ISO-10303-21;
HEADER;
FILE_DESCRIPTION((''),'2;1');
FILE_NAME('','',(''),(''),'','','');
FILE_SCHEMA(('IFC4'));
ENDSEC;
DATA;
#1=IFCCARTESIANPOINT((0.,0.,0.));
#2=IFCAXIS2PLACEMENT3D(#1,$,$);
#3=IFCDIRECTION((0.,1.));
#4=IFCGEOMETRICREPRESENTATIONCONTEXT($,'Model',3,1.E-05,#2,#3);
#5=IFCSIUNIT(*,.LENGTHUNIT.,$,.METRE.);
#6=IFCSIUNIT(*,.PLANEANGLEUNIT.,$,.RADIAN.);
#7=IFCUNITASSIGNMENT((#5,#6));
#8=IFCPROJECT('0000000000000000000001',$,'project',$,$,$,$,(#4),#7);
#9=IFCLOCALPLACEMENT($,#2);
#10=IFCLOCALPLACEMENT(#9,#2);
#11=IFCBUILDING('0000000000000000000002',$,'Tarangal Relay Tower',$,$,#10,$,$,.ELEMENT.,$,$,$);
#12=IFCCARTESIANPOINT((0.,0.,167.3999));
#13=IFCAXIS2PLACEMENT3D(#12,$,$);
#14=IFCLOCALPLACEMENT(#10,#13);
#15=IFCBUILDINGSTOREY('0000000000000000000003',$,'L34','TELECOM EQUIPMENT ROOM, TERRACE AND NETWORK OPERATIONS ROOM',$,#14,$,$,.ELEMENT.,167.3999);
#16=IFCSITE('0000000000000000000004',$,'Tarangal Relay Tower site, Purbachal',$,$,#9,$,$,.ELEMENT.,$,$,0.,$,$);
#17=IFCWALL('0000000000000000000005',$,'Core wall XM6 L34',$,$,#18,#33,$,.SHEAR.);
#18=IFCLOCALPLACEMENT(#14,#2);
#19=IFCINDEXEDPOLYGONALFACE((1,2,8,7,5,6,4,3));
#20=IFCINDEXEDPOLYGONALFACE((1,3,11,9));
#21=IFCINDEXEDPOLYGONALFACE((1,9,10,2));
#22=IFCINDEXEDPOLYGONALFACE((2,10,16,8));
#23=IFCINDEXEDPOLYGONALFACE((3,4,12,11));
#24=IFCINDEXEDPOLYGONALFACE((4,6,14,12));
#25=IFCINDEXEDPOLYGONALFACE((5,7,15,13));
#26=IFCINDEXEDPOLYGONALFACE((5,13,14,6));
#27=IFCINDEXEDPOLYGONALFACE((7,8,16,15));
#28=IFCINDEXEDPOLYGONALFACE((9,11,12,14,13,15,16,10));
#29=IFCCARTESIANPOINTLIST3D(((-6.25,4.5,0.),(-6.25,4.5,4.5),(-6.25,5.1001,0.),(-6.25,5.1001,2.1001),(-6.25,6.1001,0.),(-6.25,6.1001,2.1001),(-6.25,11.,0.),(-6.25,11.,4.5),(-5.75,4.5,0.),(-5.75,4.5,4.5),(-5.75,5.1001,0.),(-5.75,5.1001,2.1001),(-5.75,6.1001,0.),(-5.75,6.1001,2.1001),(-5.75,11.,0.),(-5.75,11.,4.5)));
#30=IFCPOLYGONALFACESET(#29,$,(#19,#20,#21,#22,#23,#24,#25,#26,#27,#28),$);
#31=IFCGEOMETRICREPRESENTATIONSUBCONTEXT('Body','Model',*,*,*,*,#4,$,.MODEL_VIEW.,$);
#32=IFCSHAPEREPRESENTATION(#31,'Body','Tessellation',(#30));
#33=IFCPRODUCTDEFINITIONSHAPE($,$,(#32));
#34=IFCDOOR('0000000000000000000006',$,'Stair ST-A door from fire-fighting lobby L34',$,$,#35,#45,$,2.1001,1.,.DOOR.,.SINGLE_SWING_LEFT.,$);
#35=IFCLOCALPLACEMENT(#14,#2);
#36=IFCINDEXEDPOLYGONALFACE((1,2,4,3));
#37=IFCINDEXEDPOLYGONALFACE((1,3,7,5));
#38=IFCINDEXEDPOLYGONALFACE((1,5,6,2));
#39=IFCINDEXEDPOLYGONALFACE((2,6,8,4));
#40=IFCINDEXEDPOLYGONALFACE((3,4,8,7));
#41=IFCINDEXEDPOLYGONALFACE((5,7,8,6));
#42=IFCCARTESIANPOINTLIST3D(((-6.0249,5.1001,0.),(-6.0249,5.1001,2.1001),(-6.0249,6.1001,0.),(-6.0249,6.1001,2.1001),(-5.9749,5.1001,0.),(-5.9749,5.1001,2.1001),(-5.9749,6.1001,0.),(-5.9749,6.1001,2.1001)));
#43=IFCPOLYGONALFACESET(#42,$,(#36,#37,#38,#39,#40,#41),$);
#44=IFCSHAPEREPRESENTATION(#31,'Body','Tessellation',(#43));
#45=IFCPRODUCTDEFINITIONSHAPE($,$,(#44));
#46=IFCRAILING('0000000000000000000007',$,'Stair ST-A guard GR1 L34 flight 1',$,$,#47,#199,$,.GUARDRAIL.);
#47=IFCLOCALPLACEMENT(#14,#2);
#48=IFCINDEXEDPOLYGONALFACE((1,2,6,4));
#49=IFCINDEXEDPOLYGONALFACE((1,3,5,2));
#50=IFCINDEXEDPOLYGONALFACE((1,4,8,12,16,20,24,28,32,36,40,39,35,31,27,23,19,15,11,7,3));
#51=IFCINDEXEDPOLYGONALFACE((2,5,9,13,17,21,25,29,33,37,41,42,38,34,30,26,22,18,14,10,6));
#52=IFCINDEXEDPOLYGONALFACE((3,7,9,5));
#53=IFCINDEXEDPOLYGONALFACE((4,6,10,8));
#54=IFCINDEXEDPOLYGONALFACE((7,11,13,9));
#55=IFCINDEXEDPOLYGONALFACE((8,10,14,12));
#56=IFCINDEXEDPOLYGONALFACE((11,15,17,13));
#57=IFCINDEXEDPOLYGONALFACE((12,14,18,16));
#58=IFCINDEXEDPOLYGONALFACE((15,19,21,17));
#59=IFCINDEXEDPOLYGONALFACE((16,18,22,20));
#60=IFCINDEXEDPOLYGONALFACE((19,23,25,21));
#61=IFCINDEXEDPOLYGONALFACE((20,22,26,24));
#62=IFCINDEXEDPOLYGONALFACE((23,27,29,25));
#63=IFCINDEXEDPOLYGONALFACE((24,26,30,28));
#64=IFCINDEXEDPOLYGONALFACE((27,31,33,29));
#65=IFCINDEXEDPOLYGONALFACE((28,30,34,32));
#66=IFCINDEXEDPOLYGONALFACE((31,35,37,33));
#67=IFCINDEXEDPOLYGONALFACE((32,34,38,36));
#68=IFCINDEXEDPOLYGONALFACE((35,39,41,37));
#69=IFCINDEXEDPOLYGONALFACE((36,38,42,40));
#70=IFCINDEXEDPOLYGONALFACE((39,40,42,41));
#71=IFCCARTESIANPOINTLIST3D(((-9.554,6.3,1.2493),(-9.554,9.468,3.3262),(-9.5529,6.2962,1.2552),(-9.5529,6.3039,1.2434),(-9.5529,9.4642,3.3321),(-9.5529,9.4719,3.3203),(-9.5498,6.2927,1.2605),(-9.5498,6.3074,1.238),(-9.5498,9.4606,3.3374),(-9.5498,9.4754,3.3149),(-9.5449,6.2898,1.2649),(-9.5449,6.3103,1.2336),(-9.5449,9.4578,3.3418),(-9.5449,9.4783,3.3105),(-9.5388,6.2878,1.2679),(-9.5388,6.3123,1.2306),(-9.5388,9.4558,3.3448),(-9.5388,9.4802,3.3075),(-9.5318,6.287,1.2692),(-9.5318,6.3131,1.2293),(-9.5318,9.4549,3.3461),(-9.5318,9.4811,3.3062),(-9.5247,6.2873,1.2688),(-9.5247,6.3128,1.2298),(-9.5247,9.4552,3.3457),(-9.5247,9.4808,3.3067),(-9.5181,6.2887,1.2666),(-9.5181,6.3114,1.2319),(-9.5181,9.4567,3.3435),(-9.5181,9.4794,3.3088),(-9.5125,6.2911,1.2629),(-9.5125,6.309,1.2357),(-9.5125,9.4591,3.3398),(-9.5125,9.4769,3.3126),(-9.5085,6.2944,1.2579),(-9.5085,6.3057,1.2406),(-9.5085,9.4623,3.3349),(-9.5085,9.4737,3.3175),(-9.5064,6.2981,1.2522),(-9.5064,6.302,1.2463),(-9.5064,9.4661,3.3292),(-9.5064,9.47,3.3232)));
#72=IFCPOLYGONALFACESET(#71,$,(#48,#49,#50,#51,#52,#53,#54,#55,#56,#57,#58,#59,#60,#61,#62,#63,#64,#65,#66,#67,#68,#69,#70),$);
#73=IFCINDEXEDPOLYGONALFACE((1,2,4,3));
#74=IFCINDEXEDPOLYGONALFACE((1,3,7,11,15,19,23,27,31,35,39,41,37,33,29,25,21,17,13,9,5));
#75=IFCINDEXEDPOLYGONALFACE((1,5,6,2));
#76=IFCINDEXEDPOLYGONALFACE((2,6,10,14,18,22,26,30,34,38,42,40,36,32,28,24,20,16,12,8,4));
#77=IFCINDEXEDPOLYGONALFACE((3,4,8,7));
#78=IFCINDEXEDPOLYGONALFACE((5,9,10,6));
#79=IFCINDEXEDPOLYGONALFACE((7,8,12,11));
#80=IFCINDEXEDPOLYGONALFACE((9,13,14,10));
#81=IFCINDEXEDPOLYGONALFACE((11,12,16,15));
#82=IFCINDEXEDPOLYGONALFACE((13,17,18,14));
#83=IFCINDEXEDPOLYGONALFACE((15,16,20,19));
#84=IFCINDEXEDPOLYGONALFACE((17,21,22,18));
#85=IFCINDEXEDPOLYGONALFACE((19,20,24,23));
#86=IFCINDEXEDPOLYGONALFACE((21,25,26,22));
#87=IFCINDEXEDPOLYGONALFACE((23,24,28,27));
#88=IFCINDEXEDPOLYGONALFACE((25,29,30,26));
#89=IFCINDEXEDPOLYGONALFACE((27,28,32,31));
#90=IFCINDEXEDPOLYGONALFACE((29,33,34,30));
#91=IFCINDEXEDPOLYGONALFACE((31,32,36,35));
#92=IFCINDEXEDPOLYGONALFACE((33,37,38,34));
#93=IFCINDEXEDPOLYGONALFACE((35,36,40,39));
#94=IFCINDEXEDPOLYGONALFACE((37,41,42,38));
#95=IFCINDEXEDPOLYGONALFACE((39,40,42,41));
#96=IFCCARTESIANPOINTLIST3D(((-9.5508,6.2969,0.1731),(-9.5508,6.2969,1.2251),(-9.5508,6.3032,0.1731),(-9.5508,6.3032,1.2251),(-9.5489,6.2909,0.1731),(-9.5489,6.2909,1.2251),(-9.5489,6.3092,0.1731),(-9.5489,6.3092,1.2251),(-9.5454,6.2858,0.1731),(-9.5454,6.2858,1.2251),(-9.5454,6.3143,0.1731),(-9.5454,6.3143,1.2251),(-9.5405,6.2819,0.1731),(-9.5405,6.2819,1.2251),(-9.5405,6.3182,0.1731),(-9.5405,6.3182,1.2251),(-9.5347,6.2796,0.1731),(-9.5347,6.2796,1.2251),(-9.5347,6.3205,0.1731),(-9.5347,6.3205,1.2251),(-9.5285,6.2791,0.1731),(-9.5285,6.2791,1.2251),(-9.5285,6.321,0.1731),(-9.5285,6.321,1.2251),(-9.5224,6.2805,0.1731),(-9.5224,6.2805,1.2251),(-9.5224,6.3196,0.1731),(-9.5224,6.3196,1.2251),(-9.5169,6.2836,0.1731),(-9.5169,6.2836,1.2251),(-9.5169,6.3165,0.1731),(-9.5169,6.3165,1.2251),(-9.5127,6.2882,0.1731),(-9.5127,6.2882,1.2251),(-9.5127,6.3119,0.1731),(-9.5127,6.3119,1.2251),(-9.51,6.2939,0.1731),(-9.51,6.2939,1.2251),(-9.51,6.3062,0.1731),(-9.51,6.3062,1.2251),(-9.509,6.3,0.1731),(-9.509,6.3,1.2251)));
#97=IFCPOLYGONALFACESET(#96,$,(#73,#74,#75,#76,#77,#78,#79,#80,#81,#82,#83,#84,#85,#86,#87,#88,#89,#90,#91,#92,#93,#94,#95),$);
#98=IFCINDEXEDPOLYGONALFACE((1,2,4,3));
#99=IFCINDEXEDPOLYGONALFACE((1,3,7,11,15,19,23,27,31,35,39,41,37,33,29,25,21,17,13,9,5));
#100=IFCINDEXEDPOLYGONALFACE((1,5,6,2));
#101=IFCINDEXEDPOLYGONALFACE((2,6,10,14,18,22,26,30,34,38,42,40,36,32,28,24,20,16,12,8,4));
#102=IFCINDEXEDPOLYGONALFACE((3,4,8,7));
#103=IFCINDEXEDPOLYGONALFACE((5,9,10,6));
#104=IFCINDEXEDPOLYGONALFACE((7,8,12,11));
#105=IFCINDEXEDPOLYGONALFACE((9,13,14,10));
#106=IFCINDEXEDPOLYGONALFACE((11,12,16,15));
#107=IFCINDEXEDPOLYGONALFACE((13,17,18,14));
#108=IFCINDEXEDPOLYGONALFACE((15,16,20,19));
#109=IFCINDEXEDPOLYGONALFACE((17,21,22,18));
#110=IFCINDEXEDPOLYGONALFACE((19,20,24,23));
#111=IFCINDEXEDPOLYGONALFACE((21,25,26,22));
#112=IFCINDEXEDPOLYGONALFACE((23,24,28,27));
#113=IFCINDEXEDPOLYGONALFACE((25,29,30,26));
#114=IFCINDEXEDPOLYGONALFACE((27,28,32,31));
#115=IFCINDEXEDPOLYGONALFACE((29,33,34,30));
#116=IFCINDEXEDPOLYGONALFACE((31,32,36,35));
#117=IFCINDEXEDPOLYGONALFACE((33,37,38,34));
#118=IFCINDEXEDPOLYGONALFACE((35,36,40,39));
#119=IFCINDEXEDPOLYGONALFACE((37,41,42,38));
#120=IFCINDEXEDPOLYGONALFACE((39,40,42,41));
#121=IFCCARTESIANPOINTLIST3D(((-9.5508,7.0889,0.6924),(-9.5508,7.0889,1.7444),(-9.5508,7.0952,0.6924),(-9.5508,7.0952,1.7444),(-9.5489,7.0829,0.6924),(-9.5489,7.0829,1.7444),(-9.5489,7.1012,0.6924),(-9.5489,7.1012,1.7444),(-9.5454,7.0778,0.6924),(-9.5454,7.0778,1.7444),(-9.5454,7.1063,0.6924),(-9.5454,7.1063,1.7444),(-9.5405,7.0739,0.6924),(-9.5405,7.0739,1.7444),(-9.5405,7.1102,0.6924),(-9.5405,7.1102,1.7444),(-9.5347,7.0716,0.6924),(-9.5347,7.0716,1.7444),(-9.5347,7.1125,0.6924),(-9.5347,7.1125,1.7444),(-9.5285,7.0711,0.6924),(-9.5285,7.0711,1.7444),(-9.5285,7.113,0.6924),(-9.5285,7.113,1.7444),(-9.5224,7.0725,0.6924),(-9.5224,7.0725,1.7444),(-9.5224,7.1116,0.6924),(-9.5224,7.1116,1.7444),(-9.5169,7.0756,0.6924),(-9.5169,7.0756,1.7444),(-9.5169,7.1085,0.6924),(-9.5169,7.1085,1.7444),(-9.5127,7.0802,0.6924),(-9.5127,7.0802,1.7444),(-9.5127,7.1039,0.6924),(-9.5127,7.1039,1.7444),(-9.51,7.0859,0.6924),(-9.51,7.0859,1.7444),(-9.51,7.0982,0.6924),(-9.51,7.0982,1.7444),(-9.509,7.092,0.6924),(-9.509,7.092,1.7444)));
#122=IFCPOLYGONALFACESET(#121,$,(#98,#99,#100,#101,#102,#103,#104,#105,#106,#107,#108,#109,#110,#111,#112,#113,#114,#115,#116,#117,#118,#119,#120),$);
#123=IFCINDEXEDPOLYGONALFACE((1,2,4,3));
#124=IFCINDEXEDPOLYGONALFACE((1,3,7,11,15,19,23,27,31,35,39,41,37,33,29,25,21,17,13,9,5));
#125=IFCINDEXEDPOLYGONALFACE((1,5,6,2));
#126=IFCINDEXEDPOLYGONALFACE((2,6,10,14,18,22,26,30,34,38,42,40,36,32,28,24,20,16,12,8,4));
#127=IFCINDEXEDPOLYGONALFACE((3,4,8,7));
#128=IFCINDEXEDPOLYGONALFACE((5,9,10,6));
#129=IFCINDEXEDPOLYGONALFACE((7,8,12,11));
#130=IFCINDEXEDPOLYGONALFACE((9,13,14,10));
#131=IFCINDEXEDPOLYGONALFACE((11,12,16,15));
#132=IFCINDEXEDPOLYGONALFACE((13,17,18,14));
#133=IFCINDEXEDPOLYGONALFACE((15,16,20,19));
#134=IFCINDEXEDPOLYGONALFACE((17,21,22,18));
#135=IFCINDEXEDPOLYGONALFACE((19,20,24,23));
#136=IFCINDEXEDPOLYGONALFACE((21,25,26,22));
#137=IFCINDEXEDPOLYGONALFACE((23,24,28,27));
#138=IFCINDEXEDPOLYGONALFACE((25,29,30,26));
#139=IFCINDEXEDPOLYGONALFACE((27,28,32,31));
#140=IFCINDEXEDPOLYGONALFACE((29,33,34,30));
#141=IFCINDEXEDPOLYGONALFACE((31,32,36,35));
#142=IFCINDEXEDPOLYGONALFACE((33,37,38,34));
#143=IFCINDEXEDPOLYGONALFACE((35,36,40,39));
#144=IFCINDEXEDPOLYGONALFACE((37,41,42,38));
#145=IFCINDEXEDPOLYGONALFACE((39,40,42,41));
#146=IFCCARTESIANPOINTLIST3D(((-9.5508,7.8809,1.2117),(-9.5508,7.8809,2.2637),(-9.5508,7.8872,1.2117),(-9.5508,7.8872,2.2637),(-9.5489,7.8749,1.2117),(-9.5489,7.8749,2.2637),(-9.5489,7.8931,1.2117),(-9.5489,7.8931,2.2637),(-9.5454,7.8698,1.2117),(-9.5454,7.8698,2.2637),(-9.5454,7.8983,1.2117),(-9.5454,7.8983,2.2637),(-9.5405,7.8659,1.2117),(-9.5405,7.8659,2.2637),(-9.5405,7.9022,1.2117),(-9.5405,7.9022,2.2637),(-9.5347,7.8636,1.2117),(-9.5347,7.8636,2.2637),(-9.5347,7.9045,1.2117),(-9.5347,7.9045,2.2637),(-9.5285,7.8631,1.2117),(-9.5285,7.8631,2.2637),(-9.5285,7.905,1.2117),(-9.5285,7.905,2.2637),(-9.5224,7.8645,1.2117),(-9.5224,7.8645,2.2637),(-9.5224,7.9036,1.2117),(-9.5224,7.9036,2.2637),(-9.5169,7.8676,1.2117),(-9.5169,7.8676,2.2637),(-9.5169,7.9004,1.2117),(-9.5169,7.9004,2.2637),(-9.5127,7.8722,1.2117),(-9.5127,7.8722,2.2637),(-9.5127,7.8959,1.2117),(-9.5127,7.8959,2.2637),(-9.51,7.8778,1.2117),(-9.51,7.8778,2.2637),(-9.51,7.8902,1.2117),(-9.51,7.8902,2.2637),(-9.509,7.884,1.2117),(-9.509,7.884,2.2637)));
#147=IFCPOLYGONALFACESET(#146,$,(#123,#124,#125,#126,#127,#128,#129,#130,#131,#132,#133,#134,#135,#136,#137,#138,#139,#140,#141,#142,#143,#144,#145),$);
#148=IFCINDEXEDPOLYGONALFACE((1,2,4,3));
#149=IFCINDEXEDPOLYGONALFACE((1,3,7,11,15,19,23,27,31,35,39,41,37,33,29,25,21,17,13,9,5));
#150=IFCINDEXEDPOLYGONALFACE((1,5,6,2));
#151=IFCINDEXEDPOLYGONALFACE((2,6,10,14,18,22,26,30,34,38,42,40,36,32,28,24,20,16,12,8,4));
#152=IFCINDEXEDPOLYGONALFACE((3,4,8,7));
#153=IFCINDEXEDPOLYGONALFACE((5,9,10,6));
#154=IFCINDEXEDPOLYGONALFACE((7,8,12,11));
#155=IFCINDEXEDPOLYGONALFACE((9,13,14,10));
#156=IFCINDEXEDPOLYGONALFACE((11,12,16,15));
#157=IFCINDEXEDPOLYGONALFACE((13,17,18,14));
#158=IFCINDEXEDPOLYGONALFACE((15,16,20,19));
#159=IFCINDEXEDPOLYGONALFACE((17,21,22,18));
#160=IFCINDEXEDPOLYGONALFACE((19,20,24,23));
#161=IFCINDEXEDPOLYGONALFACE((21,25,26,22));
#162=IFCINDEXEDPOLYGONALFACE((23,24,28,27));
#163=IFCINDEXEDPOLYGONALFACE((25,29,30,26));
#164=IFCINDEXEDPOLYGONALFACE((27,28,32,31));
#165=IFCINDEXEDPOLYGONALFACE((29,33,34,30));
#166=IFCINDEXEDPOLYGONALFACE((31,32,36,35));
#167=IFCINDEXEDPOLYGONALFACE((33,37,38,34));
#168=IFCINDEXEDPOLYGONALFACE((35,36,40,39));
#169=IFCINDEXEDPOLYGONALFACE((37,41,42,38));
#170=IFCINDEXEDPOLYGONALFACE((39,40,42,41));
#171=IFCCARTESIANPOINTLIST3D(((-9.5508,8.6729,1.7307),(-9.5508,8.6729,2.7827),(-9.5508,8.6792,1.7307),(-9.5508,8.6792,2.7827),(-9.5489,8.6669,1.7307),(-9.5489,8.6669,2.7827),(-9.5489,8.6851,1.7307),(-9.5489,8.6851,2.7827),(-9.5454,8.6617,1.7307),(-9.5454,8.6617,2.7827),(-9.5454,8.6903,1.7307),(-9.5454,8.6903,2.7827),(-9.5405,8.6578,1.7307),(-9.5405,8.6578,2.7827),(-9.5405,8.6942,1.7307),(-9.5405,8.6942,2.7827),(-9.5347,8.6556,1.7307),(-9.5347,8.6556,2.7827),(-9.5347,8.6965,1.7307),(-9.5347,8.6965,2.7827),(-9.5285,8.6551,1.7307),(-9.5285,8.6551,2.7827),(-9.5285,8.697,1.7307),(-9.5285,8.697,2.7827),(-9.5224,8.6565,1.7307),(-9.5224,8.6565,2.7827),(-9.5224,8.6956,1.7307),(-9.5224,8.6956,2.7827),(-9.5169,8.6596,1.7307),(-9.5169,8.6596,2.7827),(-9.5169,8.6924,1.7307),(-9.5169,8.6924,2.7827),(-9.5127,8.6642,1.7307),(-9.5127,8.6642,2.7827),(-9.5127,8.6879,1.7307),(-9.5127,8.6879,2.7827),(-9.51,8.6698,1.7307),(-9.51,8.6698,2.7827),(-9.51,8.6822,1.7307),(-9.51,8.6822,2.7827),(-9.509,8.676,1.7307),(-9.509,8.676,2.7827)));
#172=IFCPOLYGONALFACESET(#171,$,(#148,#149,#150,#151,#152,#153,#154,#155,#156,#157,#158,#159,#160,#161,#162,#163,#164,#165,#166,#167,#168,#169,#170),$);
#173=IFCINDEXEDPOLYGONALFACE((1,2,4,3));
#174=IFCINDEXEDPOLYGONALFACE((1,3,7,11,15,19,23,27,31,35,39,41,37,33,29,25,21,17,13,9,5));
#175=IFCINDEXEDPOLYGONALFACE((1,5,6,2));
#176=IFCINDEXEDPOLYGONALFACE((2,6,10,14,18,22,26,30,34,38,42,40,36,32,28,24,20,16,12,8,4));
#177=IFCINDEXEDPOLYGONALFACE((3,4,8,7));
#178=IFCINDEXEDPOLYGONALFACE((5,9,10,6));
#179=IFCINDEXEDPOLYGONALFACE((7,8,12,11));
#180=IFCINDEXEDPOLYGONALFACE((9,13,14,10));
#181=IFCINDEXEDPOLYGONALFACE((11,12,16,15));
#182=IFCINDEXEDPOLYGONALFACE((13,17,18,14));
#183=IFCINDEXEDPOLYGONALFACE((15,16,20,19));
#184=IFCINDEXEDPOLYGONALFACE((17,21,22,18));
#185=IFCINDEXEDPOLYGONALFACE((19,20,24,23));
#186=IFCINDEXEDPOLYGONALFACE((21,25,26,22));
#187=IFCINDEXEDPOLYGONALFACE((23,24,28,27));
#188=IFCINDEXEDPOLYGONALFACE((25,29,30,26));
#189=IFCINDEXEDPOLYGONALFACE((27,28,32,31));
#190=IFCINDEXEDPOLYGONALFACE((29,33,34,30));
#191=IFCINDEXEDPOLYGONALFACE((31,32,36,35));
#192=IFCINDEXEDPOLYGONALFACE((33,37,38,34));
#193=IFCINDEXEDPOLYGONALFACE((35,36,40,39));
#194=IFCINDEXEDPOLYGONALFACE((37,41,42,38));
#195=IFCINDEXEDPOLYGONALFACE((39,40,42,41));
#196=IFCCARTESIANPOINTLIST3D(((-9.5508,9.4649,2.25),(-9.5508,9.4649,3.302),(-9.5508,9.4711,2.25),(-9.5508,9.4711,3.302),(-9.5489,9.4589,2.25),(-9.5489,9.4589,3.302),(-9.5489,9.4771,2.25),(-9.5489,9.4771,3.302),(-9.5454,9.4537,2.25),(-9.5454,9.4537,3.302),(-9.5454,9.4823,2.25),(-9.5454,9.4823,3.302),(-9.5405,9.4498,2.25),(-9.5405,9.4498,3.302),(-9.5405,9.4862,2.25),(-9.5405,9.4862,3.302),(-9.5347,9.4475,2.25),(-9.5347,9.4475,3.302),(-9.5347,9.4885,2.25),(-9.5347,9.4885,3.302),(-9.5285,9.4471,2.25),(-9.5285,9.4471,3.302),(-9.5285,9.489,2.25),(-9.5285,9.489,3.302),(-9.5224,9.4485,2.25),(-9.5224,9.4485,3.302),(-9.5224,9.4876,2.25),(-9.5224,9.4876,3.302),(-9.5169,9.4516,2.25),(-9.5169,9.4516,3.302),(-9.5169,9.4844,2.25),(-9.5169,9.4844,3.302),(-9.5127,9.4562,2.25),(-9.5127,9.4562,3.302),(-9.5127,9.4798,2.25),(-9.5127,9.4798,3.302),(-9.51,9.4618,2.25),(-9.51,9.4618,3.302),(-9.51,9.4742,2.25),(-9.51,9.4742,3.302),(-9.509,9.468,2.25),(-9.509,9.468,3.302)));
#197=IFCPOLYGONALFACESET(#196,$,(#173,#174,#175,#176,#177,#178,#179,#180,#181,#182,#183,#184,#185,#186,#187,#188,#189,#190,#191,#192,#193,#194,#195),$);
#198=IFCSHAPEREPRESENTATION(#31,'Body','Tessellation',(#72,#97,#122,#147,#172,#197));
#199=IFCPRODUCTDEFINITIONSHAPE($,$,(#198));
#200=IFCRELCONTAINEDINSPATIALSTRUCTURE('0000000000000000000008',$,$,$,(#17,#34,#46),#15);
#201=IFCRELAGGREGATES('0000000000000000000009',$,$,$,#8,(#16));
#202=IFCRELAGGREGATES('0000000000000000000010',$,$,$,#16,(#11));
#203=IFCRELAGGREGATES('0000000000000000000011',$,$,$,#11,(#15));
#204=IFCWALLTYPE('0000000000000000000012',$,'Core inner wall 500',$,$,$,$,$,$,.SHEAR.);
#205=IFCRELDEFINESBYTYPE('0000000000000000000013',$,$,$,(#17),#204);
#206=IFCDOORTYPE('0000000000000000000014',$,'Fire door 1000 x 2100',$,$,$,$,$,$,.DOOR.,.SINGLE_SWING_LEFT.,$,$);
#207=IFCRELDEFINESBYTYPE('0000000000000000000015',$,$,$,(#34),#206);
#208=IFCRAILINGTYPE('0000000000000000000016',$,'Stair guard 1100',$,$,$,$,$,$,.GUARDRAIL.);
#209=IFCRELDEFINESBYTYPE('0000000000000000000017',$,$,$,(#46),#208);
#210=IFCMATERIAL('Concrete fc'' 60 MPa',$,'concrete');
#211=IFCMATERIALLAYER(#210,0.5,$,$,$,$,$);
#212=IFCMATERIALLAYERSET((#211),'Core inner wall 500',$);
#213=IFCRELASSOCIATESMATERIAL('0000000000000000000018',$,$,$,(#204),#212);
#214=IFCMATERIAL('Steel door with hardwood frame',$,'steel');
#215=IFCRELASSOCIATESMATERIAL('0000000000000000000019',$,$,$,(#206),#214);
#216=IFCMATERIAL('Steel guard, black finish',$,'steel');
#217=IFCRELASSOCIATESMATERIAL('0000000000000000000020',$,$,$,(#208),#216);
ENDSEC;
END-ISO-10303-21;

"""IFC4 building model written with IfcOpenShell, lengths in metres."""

from ifc_helpers import new_model, si_unit, direction, frame, frame_2d, origin, origin_2d, place, context, subcontext, project, spatial, rectangle, circle, extrude, material, layer, layer_set, type_object, element, fill, save


model = new_model("IFC4")

# Units and contexts
model_context = context("Model", 3, precision=1e-05, world=origin(), true_north=direction((0.0, 1.0)))
body_context = subcontext(model_context, "Body", "Model", "MODEL_VIEW")
ifc_project = project(units=[si_unit("LENGTHUNIT", "METRE"), si_unit("PLANEANGLEUNIT", "RADIAN")], contexts=[model_context])

# Site, building, storey
site_placement = place(None, origin())
site = spatial("IfcSite", under=ifc_project, at=site_placement, Name="Tarangal Relay Tower site, Purbachal", CompositionType="ELEMENT", RefElevation=0.0)
building_placement = place(site_placement, origin())
building = spatial("IfcBuilding", under=site, at=building_placement, Name="Tarangal Relay Tower", CompositionType="ELEMENT")
storey_placement = place(building_placement, frame((0.0, 0.0, 167.3999)))
storey = spatial("IfcBuildingStorey", under=building, at=storey_placement, Name="L34", Description="TELECOM EQUIPMENT ROOM, TERRACE AND NETWORK OPERATIONS ROOM", CompositionType="ELEMENT", Elevation=167.3999)

# Shared definitions
ifc_material_1 = material(Name="Concrete fc' 60 MPa", Category="concrete")
ifc_layer_1 = layer(ifc_material_1, 0.5)
ifc_layer_set_1 = layer_set([ifc_layer_1], Name="Core inner wall 500")
wall_type = type_object("IfcWallType", Name="Core inner wall 500", PredefinedType="SHEAR", material=ifc_layer_set_1)
ifc_material_2 = material(Name="Steel door with hardwood frame", Category="steel")

# Wall, opening, door
wall_1_placement = place(storey_placement, frame((-6.0, 4.5, 0.0), z_axis=(0.0, 0.0, 1.0), x_axis=(0.0, 1.0, 0.0)))
wall_1 = element("IfcWall", 1, at=wall_1_placement, inside=storey, type_object=wall_type, Name="Core wall XM6 L34", PredefinedType="SHEAR", context=body_context, shape_type="SweptSolid", body=[
    extrude(rectangle(XDim=6.5, YDim=0.5, at=frame_2d((3.25, 0.0))), origin(), (0.0, 0.0, 1.0), 4.5),
])
opening_1_placement = place(wall_1_placement, frame((0.6001, 0.0, 0.0)))
opening_1 = element("IfcOpeningElement", 2, at=opening_1_placement, cuts=wall_1, PredefinedType="OPENING", context=body_context, shape_type="SweptSolid", body=[
    extrude(rectangle(XDim=1.0, YDim=2.1001, at=frame_2d((0.5, 1.05))), frame((0.0, 0.26, 0.0), z_axis=(0.0, -1.0, 0.0), x_axis=(1.0, 0.0, 0.0)), (0.0, 0.0, 1.0), 0.52),
])
door_type_1 = type_object("IfcDoorType", Name="Fire door 1000 x 2100", OperationType="SINGLE_SWING_LEFT", PredefinedType="DOOR", material=ifc_material_2)
door_1_placement = place(opening_1_placement, origin())
door_1 = element("IfcDoor", 3, at=door_1_placement, inside=storey, type_object=door_type_1, Name="Stair ST-A door from fire-fighting lobby L34", OperationType="SINGLE_SWING_LEFT", OverallHeight=2.1001, OverallWidth=1.0, PredefinedType="DOOR", context=body_context, shape_type="SweptSolid", body=[
    extrude(rectangle(XDim=1.0, YDim=2.1001, at=frame_2d((0.5, 1.05))), frame((0.0, 0.0249, 0.0), z_axis=(0.0, -1.0, 0.0), x_axis=(1.0, 0.0, 0.0)), (0.0, 0.0, 1.0), 0.05),
])
fill(opening_1, door_1)

# Railing
ifc_material_3 = material(Name="Steel guard, black finish", Category="steel")
railing_type = type_object("IfcRailingType", Name="Stair guard 1100", PredefinedType="GUARDRAIL", material=ifc_material_3)
railing_1_placement = place(storey_placement, frame((-9.53, 6.3, 0.1731)))
element("IfcRailing", 4, at=railing_1_placement, inside=storey, type_object=railing_type, Name="Stair ST-A guard GR1 L34 flight 1", PredefinedType="GUARDRAIL", context=body_context, shape_type="SweptSolid", body=[
    extrude(circle(Radius=0.0239, at=origin_2d()), frame((0.0, 0.0, 1.0762), z_axis=(0.0, 0.836299, 0.548273), x_axis=(-1.0, 0.0, 0.0)), (0.0, 0.0, 1.0), 3.7881),
    extrude(circle(Radius=0.021, at=origin_2d()), origin(), (0.0, 0.0, 1.0), 1.052),
    extrude(circle(Radius=0.021, at=origin_2d()), frame((0.0, 0.792, 0.5193)), (0.0, 0.0, 1.0), 1.052),
    extrude(circle(Radius=0.021, at=origin_2d()), frame((0.0, 1.584, 1.0386)), (0.0, 0.0, 1.0), 1.052),
    extrude(circle(Radius=0.021, at=origin_2d()), frame((0.0, 2.376, 1.5576)), (0.0, 0.0, 1.0), 1.052),
    extrude(circle(Radius=0.021, at=origin_2d()), frame((0.0, 3.168, 2.0769)), (0.0, 0.0, 1.0), 1.052),
])

save(model, "model.ifc")
